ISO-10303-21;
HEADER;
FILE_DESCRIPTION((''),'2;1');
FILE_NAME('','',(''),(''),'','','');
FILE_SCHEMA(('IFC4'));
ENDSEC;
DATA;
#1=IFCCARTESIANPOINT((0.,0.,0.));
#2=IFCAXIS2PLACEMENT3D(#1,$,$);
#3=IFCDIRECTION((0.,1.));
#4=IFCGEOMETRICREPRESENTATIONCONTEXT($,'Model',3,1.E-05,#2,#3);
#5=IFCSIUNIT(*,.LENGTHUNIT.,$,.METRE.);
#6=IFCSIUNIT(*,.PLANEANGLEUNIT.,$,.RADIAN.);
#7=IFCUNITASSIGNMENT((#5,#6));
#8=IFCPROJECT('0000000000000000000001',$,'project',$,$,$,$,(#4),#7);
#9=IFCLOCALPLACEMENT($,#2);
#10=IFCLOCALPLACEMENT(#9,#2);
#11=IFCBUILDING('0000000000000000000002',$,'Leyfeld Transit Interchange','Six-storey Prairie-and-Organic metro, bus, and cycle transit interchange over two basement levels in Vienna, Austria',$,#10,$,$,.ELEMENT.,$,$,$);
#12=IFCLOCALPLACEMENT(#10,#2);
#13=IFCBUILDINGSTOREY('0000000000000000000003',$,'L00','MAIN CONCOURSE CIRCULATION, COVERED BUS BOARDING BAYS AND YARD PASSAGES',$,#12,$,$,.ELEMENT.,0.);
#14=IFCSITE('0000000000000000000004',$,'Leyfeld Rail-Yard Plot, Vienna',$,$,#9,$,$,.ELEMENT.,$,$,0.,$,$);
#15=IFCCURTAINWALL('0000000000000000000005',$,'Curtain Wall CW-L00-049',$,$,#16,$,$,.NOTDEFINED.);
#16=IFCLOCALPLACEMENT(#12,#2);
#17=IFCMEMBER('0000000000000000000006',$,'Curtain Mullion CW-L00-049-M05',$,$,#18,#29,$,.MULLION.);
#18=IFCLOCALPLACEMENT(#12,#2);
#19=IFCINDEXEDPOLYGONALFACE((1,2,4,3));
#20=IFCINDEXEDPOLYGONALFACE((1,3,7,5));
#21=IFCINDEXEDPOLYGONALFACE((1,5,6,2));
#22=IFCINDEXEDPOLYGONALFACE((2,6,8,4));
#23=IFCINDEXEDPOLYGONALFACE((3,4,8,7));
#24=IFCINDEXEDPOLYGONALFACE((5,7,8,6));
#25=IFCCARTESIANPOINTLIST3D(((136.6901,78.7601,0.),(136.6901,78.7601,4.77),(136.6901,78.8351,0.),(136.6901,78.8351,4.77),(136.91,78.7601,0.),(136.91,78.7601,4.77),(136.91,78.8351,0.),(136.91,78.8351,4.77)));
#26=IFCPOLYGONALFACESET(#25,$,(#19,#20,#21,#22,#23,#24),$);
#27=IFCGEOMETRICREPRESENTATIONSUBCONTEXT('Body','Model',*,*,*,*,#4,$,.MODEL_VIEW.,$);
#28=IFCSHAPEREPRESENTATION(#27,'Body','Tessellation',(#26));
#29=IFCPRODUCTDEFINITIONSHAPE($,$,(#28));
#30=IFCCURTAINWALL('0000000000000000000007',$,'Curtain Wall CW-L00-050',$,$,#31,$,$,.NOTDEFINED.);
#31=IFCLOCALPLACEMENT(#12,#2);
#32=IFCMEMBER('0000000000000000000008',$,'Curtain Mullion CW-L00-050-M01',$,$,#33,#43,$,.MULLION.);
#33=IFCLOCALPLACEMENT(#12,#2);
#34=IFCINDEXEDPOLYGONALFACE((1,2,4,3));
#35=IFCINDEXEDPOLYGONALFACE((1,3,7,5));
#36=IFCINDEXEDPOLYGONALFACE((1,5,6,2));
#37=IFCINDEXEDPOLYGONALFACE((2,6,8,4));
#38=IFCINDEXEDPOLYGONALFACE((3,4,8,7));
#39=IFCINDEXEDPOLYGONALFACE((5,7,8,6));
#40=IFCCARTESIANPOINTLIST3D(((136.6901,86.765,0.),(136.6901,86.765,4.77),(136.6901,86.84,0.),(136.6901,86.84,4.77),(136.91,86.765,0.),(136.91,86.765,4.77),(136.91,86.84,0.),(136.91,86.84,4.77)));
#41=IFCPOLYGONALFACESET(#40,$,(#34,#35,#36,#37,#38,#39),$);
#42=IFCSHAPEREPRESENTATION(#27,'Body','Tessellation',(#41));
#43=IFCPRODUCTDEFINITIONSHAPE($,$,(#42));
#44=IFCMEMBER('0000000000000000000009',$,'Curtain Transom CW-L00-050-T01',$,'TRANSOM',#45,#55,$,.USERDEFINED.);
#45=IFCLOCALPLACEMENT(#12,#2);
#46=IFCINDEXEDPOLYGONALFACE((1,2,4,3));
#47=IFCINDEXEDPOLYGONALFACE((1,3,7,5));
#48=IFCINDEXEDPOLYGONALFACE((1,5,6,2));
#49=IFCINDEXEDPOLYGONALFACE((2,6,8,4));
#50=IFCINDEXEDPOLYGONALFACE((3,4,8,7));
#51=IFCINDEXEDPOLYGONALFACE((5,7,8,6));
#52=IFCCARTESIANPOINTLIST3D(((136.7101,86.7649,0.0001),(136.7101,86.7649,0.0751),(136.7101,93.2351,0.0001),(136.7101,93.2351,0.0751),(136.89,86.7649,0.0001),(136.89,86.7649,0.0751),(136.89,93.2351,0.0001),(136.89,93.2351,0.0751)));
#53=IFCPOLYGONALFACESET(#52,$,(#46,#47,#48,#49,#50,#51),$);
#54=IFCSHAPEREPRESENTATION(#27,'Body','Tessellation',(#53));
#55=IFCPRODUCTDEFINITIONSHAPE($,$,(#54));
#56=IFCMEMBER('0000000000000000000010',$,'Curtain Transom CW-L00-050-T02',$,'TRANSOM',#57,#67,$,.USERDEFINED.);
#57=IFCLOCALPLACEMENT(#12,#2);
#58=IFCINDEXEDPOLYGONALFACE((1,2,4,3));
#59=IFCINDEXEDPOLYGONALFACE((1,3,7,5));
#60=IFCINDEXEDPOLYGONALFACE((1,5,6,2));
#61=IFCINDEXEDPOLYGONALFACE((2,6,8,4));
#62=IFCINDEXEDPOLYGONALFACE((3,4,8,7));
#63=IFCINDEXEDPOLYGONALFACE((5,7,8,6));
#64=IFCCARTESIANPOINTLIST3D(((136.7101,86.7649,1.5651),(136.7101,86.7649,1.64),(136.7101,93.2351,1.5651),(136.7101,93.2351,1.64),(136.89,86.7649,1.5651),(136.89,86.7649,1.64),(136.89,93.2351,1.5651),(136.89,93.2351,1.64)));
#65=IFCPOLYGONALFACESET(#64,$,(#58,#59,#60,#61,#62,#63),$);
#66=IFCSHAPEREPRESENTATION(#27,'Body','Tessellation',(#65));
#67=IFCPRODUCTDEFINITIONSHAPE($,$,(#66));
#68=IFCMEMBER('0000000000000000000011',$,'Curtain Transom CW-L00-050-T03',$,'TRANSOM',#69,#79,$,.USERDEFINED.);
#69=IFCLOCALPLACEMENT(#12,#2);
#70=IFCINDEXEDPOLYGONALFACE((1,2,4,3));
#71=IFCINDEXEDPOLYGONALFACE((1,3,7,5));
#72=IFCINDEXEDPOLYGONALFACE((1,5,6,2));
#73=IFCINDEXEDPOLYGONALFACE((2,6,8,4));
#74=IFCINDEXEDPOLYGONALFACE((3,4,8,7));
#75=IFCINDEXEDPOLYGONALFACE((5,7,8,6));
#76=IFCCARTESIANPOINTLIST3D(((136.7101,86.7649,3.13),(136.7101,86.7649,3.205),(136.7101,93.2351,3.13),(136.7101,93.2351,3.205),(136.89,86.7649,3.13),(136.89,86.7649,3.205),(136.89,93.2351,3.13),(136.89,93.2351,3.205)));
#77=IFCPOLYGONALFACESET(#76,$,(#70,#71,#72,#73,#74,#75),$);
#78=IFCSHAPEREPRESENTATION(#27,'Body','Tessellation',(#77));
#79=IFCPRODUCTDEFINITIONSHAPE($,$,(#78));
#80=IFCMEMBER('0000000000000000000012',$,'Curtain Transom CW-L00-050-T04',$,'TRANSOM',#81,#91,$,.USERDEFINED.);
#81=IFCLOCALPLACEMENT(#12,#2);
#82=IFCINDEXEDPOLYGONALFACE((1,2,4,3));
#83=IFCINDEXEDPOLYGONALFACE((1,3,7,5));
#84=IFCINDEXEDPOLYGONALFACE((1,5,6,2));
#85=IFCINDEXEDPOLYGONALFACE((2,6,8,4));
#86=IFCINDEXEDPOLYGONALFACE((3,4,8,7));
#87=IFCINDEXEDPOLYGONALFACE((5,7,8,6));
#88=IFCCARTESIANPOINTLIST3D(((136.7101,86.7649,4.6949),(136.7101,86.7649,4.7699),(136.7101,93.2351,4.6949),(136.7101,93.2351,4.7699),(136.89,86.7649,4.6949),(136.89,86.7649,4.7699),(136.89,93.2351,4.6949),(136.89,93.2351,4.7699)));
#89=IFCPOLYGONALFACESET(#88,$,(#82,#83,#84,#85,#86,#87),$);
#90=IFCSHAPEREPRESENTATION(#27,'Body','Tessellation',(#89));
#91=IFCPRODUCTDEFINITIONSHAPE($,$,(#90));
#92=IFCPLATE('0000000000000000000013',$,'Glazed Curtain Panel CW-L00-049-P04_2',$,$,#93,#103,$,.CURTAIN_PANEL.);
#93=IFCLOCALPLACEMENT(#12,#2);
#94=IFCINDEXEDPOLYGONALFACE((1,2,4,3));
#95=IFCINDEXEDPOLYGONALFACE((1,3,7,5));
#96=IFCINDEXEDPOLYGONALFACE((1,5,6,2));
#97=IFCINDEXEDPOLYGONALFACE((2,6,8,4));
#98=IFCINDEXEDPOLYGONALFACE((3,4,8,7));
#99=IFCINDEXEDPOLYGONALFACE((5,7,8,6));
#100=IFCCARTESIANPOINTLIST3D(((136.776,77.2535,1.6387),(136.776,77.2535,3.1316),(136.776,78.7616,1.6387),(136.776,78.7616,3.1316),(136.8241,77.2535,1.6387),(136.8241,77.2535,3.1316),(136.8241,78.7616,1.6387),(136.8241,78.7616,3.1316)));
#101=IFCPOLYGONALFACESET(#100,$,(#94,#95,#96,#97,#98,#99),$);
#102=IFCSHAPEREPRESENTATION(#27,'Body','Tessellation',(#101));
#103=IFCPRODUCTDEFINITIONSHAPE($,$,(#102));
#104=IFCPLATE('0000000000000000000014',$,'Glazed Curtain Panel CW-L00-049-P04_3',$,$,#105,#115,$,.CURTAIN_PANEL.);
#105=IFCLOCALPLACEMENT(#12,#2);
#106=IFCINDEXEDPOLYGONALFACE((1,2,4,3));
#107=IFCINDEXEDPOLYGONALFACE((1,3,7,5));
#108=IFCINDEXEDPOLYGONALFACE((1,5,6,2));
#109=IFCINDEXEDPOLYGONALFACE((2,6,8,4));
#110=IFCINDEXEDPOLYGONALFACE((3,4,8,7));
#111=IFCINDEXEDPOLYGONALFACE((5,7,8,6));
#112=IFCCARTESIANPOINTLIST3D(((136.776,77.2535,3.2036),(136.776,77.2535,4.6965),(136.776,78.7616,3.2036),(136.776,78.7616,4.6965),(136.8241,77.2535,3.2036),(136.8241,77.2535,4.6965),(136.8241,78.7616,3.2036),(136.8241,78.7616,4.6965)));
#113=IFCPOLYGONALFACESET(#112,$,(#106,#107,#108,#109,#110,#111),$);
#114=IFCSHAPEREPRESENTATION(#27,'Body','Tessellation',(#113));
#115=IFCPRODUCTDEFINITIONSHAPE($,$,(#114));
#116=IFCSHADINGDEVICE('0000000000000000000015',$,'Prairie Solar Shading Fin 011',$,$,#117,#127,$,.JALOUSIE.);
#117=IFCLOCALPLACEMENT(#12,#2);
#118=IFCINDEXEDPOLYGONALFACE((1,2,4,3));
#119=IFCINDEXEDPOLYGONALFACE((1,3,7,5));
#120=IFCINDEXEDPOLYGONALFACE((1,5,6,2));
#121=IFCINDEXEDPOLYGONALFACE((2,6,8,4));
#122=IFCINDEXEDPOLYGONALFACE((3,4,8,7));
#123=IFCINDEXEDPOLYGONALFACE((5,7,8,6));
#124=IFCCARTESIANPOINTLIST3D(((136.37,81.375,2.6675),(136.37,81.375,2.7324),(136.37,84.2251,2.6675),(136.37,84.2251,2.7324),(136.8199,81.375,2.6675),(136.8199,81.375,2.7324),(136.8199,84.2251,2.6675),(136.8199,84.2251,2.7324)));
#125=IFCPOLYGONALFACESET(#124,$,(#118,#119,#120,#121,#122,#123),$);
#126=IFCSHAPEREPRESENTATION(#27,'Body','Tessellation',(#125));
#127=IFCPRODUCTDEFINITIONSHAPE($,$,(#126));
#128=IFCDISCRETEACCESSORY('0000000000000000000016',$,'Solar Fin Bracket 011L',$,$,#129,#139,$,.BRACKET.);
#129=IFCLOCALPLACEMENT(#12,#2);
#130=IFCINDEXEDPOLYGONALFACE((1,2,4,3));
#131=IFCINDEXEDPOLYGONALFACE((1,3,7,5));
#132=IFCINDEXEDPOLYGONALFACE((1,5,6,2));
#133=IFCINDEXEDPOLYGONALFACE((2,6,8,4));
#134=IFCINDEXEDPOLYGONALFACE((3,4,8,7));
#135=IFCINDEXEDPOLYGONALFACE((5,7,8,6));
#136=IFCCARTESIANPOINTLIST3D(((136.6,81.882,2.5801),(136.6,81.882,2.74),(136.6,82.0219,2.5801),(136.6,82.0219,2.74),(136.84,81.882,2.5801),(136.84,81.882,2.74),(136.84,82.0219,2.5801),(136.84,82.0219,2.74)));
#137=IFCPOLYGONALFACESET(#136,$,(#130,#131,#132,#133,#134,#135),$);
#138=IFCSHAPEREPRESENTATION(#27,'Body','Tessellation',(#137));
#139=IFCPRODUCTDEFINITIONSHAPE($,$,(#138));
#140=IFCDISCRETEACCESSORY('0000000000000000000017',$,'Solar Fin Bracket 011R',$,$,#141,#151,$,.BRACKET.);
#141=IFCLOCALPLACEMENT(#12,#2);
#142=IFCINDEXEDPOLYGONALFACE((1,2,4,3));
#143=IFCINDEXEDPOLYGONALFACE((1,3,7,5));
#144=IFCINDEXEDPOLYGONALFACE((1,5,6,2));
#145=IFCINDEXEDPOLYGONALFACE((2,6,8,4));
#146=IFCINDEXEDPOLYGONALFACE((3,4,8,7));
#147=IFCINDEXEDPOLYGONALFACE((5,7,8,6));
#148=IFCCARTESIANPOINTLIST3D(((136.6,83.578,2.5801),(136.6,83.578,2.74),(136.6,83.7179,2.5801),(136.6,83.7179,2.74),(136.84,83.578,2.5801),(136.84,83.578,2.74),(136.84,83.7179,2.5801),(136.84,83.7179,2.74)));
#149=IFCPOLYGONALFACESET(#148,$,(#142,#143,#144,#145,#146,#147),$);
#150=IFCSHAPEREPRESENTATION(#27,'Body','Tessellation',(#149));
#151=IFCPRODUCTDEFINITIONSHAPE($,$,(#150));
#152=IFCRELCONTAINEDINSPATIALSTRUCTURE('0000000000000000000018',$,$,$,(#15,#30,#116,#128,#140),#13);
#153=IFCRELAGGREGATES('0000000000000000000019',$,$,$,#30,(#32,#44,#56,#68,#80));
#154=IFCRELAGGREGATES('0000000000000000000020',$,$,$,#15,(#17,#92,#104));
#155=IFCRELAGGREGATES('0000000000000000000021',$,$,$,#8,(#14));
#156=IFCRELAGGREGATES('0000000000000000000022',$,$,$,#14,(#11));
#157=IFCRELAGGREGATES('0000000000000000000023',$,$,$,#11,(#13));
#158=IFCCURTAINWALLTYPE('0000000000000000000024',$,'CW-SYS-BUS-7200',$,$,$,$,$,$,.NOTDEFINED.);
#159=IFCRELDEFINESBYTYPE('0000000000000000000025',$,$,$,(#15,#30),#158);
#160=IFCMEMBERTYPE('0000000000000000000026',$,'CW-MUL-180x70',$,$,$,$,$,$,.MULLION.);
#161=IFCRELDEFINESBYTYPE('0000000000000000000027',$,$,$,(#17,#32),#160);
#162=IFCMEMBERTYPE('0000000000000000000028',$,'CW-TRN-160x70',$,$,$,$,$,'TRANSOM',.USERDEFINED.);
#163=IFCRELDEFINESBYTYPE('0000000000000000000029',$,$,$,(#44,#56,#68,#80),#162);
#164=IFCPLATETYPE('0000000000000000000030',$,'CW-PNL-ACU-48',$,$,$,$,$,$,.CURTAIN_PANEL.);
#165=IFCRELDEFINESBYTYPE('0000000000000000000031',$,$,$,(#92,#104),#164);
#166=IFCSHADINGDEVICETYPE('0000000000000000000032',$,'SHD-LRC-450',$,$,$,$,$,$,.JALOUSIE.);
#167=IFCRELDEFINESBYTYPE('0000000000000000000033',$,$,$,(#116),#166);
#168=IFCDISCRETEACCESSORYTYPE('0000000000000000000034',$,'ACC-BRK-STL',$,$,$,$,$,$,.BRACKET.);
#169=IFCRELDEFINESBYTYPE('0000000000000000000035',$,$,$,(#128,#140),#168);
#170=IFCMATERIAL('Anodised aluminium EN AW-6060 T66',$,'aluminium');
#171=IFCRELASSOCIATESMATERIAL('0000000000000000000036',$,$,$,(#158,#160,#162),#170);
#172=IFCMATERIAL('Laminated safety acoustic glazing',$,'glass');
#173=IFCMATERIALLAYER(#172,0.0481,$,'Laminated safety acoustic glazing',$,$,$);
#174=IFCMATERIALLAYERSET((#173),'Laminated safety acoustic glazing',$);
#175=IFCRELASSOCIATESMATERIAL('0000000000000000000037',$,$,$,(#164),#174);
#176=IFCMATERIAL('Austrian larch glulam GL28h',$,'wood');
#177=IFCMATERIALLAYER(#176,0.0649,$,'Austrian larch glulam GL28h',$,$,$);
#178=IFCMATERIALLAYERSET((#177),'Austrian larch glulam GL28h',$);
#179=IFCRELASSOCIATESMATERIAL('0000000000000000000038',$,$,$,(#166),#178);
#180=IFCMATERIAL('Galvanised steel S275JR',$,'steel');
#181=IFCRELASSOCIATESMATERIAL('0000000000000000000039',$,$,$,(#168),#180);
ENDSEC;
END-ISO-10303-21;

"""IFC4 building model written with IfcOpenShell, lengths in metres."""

from ifc_helpers import new_model, si_unit, direction, frame, origin, origin_2d, place, context, subcontext, project, spatial, rectangle, extrude, material, layer, layer_set, material_profile, profile_set, type_object, element, aggregate, save


model = new_model("IFC4")

# Units and contexts
model_context = context("Model", 3, precision=1e-05, world=origin(), true_north=direction((0.0, 1.0)))
body_context = subcontext(model_context, "Body", "Model", "MODEL_VIEW")
ifc_project = project(units=[si_unit("LENGTHUNIT", "METRE"), si_unit("PLANEANGLEUNIT", "RADIAN")], contexts=[model_context])

# Site, building, storey
site_placement = place(None, origin())
site = spatial("IfcSite", under=ifc_project, at=site_placement, Name="Leyfeld Rail-Yard Plot, Vienna", CompositionType="ELEMENT", RefElevation=0.0)
building_placement = place(site_placement, origin())
building = spatial("IfcBuilding", under=site, at=building_placement, Name="Leyfeld Transit Interchange", Description="Six-storey Prairie-and-Organic metro, bus, and cycle transit interchange over two basement levels in Vienna, Austria", CompositionType="ELEMENT")
storey_placement = place(building_placement, origin())
storey = spatial("IfcBuildingStorey", under=building, at=storey_placement, Name="L00", Description="MAIN CONCOURSE CIRCULATION, COVERED BUS BOARDING BAYS AND YARD PASSAGES", CompositionType="ELEMENT", Elevation=0.0)

# Curtain wall, member
ifc_material_1 = material(Name="Anodised aluminium EN AW-6060 T66", Category="aluminium")
curtain_wall_type = type_object("IfcCurtainWallType", Name="CW-SYS-BUS-7200", PredefinedType="NOTDEFINED", material=ifc_material_1)
curtain_wall_1_placement = place(storey_placement, origin())
curtain_wall_1 = element("IfcCurtainWall", 1, at=curtain_wall_1_placement, inside=storey, type_object=curtain_wall_type, Name="Curtain Wall CW-L00-049", PredefinedType="NOTDEFINED")
ifc_material_profile_1 = material_profile(ifc_material_1, rectangle(XDim=0.075, YDim=0.22, at=origin_2d()), Name="CW-M 75x220")
ifc_profile_set_1 = profile_set([ifc_material_profile_1], Name="Anodised aluminium EN AW-6060 T66")
member_type_1 = type_object("IfcMemberType", Name="CW-MUL-180x70", PredefinedType="MULLION", material=ifc_profile_set_1)
member_1_placement = place(storey_placement, frame((136.8, 78.7976, 0.0), z_axis=(0.0, 0.0, 1.0), x_axis=(0.0, 1.0, 0.0)))
member_1 = element("IfcMember", 2, at=member_1_placement, type_object=member_type_1, Name="Curtain Mullion CW-L00-049-M05", PredefinedType="MULLION", context=body_context, shape_type="SweptSolid", body=[
    extrude(rectangle(XDim=0.075, YDim=0.22, at=origin_2d()), origin(), (0.0, 0.0, 1.0), 4.77),
])

# Curtain wall, members
curtain_wall_2_placement = place(storey_placement, origin())
curtain_wall_2 = element("IfcCurtainWall", 3, at=curtain_wall_2_placement, inside=storey, type_object=curtain_wall_type, Name="Curtain Wall CW-L00-050", PredefinedType="NOTDEFINED")
member_2_placement = place(storey_placement, frame((136.8, 86.8025, 0.0), z_axis=(0.0, 0.0, 1.0), x_axis=(0.0, 1.0, 0.0)))
member_2 = element("IfcMember", 4, at=member_2_placement, type_object=member_type_1, Name="Curtain Mullion CW-L00-050-M01", PredefinedType="MULLION", context=body_context, shape_type="SweptSolid", body=[
    extrude(rectangle(XDim=0.075, YDim=0.22, at=origin_2d()), origin(), (0.0, 0.0, 1.0), 4.77),
])
ifc_material_profile_2 = material_profile(ifc_material_1, rectangle(XDim=0.1799, YDim=0.075, at=origin_2d()), Name="CW-TRN-160x70")
ifc_profile_set_2 = profile_set([ifc_material_profile_2], Name="Anodised aluminium EN AW-6060 T66")
member_type_2 = type_object("IfcMemberType", Name="CW-TRN-160x70", ElementType="TRANSOM", PredefinedType="USERDEFINED", material=ifc_profile_set_2)
member_3_placement = place(storey_placement, frame((136.8, 86.7649, 0.0376), z_axis=(0.0, 1.0, 0.0), x_axis=(-1.0, 0.0, 0.0)))
member_3 = element("IfcMember", 5, at=member_3_placement, type_object=member_type_2, Name="Curtain Transom CW-L00-050-T01", ObjectType="TRANSOM", PredefinedType="USERDEFINED", context=body_context, shape_type="SweptSolid", body=[
    extrude(rectangle(XDim=0.1799, YDim=0.075, at=origin_2d()), origin(), (0.0, 0.0, 1.0), 6.4702),
])
member_4_placement = place(storey_placement, frame((136.8, 86.7649, 1.6025), z_axis=(0.0, 1.0, 0.0), x_axis=(-1.0, 0.0, 0.0)))
member_4 = element("IfcMember", 6, at=member_4_placement, type_object=member_type_2, Name="Curtain Transom CW-L00-050-T02", ObjectType="TRANSOM", PredefinedType="USERDEFINED", context=body_context, shape_type="SweptSolid", body=[
    extrude(rectangle(XDim=0.1799, YDim=0.075, at=origin_2d()), origin(), (0.0, 0.0, 1.0), 6.4702),
])
member_5_placement = place(storey_placement, frame((136.8, 86.7649, 3.1675), z_axis=(0.0, 1.0, 0.0), x_axis=(-1.0, 0.0, 0.0)))
member_5 = element("IfcMember", 7, at=member_5_placement, type_object=member_type_2, Name="Curtain Transom CW-L00-050-T03", ObjectType="TRANSOM", PredefinedType="USERDEFINED", context=body_context, shape_type="SweptSolid", body=[
    extrude(rectangle(XDim=0.1799, YDim=0.075, at=origin_2d()), origin(), (0.0, 0.0, 1.0), 6.4702),
])
member_6_placement = place(storey_placement, frame((136.8, 86.7649, 4.7324), z_axis=(0.0, 1.0, 0.0), x_axis=(-1.0, 0.0, 0.0)))
member_6 = element("IfcMember", 8, at=member_6_placement, type_object=member_type_2, Name="Curtain Transom CW-L00-050-T04", ObjectType="TRANSOM", PredefinedType="USERDEFINED", context=body_context, shape_type="SweptSolid", body=[
    extrude(rectangle(XDim=0.1799, YDim=0.075, at=origin_2d()), origin(), (0.0, 0.0, 1.0), 6.4702),
])
aggregate(curtain_wall_2, [member_2, member_3, member_4, member_5, member_6])

# Plates
ifc_material_2 = material(Name="Laminated safety acoustic glazing", Category="glass")
ifc_layer_1 = layer(ifc_material_2, 0.0481, Name="Laminated safety acoustic glazing")
ifc_layer_set_1 = layer_set([ifc_layer_1], Name="Laminated safety acoustic glazing")
plate_type = type_object("IfcPlateType", Name="CW-PNL-ACU-48", PredefinedType="CURTAIN_PANEL", material=ifc_layer_set_1)
plate_1_placement = place(storey_placement, frame((136.8, 78.0076, 1.6387), z_axis=(0.0, 0.0, 1.0), x_axis=(0.0, 1.0, 0.0)))
plate_1 = element("IfcPlate", 9, at=plate_1_placement, type_object=plate_type, Name="Glazed Curtain Panel CW-L00-049-P04_2", PredefinedType="CURTAIN_PANEL", context=body_context, shape_type="SweptSolid", body=[
    extrude(rectangle(XDim=1.5081, YDim=0.0481, at=origin_2d()), origin(), (0.0, 0.0, 1.0), 1.4929),
])
plate_2_placement = place(storey_placement, frame((136.8, 78.0076, 3.2036), z_axis=(0.0, 0.0, 1.0), x_axis=(0.0, 1.0, 0.0)))
plate_2 = element("IfcPlate", 10, at=plate_2_placement, type_object=plate_type, Name="Glazed Curtain Panel CW-L00-049-P04_3", PredefinedType="CURTAIN_PANEL", context=body_context, shape_type="SweptSolid", body=[
    extrude(rectangle(XDim=1.5081, YDim=0.0481, at=origin_2d()), origin(), (0.0, 0.0, 1.0), 1.4929),
])
aggregate(curtain_wall_1, [member_1, plate_1, plate_2])

# Shading device
ifc_material_3 = material(Name="Austrian larch glulam GL28h", Category="wood")
ifc_layer_2 = layer(ifc_material_3, 0.0649, Name="Austrian larch glulam GL28h")
ifc_layer_set_2 = layer_set([ifc_layer_2], Name="Austrian larch glulam GL28h")
shading_device_type = type_object("IfcShadingDeviceType", Name="SHD-LRC-450", PredefinedType="JALOUSIE", material=ifc_layer_set_2)
shading_device_placement = place(storey_placement, frame((136.595, 82.8, 2.6675), z_axis=(0.0, 0.0, 1.0), x_axis=(0.0, 1.0, 0.0)))
element("IfcShadingDevice", 11, at=shading_device_placement, inside=storey, type_object=shading_device_type, Name="Prairie Solar Shading Fin 011", PredefinedType="JALOUSIE", context=body_context, shape_type="SweptSolid", body=[
    extrude(rectangle(XDim=2.8501, YDim=0.45, at=origin_2d()), origin(), (0.0, 0.0, 1.0), 0.0649),
])

# Discrete accessories
ifc_material_4 = material(Name="Galvanised steel S275JR", Category="steel")
discrete_accessory_type = type_object("IfcDiscreteAccessoryType", Name="ACC-BRK-STL", PredefinedType="BRACKET", material=ifc_material_4)
for number, where, z_axis, x_axis, name in (
    (12, (136.72, 81.9519, 2.5801), (0.0, 0.0, 1.0), (0.0, 1.0, 0.0), "Solar Fin Bracket 011L"),
    (13, (136.72, 83.6479, 2.5801), (0.0, 0.0, 1.0), (0.0, 1.0, 0.0), "Solar Fin Bracket 011R"),
):
    element("IfcDiscreteAccessory", number, at=place(storey_placement, frame(where, z_axis=z_axis, x_axis=x_axis)), inside=storey, type_object=discrete_accessory_type, Name=name, PredefinedType="BRACKET", context=body_context, shape_type="SweptSolid", body=[
        extrude(rectangle(XDim=0.1399, YDim=0.24, at=origin_2d()), origin(), (0.0, 0.0, 1.0), 0.1599),
    ])

save(model, "model.ifc")
